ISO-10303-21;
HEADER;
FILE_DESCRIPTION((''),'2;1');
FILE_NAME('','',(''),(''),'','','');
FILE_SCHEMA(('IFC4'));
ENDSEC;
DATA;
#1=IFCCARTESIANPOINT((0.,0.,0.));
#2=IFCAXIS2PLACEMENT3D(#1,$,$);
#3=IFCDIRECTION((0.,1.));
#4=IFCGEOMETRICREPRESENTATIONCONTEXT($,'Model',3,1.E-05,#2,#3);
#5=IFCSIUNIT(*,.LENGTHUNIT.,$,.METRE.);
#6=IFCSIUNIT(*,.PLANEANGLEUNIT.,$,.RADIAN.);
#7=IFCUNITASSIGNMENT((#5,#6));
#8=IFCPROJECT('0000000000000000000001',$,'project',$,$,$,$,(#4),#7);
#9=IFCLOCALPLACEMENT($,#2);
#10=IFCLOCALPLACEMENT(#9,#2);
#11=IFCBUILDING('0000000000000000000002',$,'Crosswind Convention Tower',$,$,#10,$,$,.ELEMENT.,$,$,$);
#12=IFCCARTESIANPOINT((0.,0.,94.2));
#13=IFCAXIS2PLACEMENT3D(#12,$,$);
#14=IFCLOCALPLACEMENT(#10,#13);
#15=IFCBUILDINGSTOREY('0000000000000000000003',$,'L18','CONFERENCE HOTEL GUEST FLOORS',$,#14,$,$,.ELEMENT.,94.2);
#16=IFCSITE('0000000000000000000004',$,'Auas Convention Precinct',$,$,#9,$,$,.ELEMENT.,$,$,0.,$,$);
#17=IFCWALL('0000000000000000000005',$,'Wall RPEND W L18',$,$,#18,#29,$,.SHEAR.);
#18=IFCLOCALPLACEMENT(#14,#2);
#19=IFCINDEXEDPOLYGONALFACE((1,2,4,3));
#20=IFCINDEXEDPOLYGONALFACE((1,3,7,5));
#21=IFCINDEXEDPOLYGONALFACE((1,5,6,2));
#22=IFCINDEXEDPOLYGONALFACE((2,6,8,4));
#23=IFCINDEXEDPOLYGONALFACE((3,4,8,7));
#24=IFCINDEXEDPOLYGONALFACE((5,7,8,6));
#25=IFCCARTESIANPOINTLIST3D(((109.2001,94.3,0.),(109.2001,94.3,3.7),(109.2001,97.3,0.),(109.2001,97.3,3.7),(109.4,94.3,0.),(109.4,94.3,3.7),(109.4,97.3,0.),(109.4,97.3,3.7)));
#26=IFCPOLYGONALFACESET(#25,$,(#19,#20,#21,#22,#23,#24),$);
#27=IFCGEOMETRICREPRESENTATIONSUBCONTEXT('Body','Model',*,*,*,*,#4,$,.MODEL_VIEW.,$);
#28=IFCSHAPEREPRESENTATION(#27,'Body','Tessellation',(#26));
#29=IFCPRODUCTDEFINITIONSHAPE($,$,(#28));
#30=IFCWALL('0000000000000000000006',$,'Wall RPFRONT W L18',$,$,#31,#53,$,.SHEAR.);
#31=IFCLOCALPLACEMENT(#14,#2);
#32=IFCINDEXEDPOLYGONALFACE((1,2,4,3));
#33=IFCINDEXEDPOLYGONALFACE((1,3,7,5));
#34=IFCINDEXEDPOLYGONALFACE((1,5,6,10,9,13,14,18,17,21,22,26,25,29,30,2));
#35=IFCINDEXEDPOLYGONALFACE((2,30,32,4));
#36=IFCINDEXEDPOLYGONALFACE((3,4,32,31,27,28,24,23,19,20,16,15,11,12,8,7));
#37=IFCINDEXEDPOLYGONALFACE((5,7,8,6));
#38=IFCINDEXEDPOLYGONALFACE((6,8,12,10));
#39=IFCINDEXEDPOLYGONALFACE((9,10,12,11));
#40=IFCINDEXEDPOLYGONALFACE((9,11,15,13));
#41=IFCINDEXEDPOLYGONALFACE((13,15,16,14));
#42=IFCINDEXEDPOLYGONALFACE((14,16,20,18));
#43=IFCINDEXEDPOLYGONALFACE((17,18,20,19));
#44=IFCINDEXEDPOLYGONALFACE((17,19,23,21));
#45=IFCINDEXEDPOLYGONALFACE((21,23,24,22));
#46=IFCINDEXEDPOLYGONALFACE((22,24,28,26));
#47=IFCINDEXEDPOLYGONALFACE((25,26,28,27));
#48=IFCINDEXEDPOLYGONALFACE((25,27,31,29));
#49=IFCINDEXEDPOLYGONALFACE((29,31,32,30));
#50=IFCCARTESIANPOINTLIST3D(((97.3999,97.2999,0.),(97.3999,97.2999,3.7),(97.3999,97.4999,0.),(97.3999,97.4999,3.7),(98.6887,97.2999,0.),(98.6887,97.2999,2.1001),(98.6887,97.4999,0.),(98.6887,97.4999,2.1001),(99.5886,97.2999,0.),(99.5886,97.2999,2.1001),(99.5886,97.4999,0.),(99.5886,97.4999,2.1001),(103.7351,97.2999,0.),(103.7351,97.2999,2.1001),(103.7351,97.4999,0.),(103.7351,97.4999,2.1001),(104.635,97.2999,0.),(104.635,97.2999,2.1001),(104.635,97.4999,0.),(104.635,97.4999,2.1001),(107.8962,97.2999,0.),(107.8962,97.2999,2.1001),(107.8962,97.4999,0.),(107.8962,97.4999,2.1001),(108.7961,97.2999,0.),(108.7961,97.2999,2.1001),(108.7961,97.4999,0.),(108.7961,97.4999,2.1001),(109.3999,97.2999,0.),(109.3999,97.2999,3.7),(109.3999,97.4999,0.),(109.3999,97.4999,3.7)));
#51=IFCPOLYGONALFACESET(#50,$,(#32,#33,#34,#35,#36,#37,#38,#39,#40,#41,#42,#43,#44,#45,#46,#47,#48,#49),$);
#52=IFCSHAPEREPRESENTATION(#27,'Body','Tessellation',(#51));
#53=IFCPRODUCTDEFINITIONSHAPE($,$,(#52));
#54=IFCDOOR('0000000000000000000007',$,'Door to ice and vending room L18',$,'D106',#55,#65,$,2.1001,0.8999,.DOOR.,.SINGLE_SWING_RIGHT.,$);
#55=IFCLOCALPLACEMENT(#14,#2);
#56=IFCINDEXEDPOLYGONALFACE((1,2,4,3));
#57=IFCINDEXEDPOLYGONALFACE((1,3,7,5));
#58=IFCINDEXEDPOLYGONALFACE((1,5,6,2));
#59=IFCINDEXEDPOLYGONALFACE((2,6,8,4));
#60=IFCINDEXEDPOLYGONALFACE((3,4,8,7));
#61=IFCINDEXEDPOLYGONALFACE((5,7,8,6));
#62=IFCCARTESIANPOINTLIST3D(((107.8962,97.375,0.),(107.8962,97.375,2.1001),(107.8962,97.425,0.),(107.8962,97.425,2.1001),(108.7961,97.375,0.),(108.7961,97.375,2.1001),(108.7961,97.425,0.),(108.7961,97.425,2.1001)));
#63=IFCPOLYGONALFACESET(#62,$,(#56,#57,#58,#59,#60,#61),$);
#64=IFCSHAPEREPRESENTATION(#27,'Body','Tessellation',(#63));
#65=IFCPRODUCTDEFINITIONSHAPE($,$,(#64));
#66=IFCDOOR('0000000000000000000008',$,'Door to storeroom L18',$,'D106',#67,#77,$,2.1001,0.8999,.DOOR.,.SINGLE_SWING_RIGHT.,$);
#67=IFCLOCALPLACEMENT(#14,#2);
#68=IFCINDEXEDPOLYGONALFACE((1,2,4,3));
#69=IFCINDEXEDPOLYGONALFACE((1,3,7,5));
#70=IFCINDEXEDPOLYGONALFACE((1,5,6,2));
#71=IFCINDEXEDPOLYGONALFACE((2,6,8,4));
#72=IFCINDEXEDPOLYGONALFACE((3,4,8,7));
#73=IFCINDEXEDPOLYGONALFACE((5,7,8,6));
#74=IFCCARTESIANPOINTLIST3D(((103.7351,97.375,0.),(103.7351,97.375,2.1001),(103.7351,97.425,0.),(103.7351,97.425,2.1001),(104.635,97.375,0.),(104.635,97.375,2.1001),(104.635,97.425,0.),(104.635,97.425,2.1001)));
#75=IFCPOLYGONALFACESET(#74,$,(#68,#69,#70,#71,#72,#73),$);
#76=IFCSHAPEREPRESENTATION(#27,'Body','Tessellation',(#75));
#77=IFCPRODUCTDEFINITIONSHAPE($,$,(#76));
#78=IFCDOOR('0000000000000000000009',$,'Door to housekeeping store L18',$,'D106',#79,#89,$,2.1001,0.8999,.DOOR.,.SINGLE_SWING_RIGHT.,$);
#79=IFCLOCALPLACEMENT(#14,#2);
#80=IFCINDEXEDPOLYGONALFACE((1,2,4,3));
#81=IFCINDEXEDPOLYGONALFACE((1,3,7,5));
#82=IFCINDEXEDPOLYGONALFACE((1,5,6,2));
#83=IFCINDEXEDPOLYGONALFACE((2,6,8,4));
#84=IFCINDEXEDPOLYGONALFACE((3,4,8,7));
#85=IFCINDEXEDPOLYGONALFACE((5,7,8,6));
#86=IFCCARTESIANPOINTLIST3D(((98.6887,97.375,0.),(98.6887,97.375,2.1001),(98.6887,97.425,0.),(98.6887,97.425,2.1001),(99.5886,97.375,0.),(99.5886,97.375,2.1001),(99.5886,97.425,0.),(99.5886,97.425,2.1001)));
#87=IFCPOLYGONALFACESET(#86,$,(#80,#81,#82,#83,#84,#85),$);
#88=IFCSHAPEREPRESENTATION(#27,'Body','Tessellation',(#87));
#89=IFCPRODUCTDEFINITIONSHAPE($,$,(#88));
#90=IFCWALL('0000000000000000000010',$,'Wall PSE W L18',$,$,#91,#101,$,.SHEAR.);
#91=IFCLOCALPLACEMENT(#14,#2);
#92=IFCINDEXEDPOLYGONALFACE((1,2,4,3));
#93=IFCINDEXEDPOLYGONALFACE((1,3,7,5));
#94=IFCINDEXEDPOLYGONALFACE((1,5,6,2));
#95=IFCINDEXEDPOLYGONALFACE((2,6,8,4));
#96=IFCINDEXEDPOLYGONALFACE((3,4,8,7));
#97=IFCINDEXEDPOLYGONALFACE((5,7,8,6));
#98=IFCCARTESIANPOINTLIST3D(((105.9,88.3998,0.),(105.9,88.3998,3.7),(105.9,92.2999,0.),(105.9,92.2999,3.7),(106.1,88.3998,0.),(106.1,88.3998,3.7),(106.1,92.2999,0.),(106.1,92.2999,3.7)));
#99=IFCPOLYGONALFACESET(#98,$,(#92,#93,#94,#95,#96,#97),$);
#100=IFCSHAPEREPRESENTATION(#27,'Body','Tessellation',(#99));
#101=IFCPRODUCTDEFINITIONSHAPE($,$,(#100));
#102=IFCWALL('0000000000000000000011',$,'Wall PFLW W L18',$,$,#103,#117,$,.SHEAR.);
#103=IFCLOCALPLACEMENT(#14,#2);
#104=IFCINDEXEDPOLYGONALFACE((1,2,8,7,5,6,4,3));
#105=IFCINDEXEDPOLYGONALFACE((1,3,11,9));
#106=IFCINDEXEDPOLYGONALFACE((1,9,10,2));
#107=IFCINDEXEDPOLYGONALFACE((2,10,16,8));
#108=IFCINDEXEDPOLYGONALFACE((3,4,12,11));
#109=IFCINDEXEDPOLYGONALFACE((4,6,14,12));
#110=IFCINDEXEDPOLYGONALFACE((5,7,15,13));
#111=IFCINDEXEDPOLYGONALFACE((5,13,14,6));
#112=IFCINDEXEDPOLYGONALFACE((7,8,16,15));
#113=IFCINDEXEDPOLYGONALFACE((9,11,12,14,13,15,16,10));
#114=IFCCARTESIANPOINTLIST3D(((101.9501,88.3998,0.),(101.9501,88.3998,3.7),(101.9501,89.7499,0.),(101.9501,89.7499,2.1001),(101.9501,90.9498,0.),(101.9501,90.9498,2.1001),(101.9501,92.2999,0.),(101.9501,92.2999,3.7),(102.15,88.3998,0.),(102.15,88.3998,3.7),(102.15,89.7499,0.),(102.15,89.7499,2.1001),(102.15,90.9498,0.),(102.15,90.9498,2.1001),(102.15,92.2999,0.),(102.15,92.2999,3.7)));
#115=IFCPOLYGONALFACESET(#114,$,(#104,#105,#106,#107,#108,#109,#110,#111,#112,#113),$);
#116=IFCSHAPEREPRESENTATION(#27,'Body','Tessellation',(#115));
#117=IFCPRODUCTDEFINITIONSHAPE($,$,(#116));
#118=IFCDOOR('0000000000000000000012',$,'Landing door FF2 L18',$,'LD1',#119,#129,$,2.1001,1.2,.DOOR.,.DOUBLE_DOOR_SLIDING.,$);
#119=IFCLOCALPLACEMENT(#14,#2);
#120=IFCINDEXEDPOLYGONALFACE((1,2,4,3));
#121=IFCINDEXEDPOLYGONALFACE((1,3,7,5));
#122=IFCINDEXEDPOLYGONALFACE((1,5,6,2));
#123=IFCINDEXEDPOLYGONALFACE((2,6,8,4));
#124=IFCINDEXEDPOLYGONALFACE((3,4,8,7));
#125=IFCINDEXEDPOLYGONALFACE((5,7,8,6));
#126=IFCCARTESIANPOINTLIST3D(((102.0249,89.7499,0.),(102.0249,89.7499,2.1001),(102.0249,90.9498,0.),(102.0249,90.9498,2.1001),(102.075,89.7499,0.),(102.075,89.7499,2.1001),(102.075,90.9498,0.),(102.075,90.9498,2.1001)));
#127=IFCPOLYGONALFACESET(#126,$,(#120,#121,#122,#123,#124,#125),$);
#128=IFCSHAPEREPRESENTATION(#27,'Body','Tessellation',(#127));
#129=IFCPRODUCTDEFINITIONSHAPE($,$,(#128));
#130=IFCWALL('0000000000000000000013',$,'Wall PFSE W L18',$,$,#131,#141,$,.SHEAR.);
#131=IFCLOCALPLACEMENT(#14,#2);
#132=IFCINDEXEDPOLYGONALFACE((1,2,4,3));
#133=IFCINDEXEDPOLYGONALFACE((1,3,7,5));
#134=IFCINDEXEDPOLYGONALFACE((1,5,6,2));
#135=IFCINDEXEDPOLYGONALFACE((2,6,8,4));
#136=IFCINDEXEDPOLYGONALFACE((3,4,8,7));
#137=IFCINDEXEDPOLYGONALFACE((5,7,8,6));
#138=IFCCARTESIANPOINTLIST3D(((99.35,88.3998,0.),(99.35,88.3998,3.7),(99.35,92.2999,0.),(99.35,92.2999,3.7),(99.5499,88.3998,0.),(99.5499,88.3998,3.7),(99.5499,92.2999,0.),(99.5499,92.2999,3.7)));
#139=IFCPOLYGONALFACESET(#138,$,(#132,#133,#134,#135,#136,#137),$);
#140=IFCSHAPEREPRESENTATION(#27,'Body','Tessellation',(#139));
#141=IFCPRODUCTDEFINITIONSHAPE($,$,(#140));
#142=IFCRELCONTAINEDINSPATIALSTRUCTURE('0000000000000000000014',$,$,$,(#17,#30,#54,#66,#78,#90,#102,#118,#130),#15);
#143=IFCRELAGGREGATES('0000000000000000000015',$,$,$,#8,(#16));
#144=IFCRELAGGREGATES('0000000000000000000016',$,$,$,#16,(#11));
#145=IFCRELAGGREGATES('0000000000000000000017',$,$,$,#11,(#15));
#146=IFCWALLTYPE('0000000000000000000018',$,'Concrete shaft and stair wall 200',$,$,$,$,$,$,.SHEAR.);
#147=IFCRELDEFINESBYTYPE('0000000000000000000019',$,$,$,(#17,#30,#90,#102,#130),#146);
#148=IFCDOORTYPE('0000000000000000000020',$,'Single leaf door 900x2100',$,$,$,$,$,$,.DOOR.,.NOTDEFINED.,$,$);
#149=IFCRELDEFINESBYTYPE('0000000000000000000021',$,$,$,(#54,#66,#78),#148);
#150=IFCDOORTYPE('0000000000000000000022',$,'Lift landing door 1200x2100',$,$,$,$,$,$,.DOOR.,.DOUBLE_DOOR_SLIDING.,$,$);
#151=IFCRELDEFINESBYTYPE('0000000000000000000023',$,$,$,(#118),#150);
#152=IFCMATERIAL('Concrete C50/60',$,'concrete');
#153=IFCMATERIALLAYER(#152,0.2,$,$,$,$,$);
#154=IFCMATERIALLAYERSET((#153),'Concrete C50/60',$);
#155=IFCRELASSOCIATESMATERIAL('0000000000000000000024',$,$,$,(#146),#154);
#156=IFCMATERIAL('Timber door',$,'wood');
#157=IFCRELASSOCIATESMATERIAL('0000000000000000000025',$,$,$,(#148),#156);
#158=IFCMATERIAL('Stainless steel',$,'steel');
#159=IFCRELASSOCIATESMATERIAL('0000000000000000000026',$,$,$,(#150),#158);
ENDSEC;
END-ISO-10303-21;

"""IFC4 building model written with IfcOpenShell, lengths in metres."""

from ifc_helpers import new_model, si_unit, direction, frame, frame_2d, origin, place, context, subcontext, project, spatial, rectangle, extrude, material, layer, layer_set, type_object, element, fill, save


model = new_model("IFC4")

# Units and contexts
model_context = context("Model", 3, precision=1e-05, world=origin(), true_north=direction((0.0, 1.0)))
body_context = subcontext(model_context, "Body", "Model", "MODEL_VIEW")
ifc_project = project(units=[si_unit("LENGTHUNIT", "METRE"), si_unit("PLANEANGLEUNIT", "RADIAN")], contexts=[model_context])

# Site, building, storey
site_placement = place(None, origin())
site = spatial("IfcSite", under=ifc_project, at=site_placement, Name="Auas Convention Precinct", CompositionType="ELEMENT", RefElevation=0.0)
building_placement = place(site_placement, origin())
building = spatial("IfcBuilding", under=site, at=building_placement, Name="Crosswind Convention Tower", CompositionType="ELEMENT")
storey_placement = place(building_placement, frame((0.0, 0.0, 94.2)))
storey = spatial("IfcBuildingStorey", under=building, at=storey_placement, Name="L18", Description="CONFERENCE HOTEL GUEST FLOORS", CompositionType="ELEMENT", Elevation=94.2)

# Wall
ifc_material_1 = material(Name="Concrete C50/60", Category="concrete")
ifc_layer_1 = layer(ifc_material_1, 0.2)
ifc_layer_set_1 = layer_set([ifc_layer_1], Name="Concrete C50/60")
wall_type_1 = type_object("IfcWallType", Name="Concrete shaft and stair wall 200", PredefinedType="SHEAR", material=ifc_layer_set_1)
wall_1_placement = place(storey_placement, frame((109.3, 97.3, 0.0), z_axis=(0.0, 0.0, 1.0), x_axis=(0.0, -1.0, 0.0)))
element("IfcWall", 1, at=wall_1_placement, inside=storey, type_object=wall_type_1, Name="Wall RPEND W L18", PredefinedType="SHEAR", context=body_context, shape_type="SweptSolid", body=[
    extrude(rectangle(XDim=3.0, YDim=0.2, at=frame_2d((1.5, 0.0))), origin(), (0.0, 0.0, 1.0), 3.7),
])

# Wall, openings, doors
wall_2_placement = place(storey_placement, frame((109.3999, 97.3999, 0.0), z_axis=(0.0, 0.0, 1.0), x_axis=(-1.0, 0.0, 0.0)))
wall_2 = element("IfcWall", 2, at=wall_2_placement, inside=storey, type_object=wall_type_1, Name="Wall RPFRONT W L18", PredefinedType="SHEAR", context=body_context, shape_type="SweptSolid", body=[
    extrude(rectangle(XDim=12.0, YDim=0.2, at=frame_2d((6.0, 0.0))), origin(), (0.0, 0.0, 1.0), 3.7),
])
opening_1_placement = place(wall_2_placement, frame((0.6038, 0.0, 0.0)))
opening_1 = element("IfcOpeningElement", 3, at=opening_1_placement, cuts=wall_2, PredefinedType="OPENING", context=body_context, shape_type="SweptSolid", body=[
    extrude(rectangle(XDim=0.8999, YDim=2.1001, at=frame_2d((0.45, 1.05))), frame((0.0, 0.1099, 0.0), z_axis=(0.0, -1.0, 0.0), x_axis=(1.0, 0.0, 0.0)), (0.0, 0.0, 1.0), 0.22),
])
opening_2_placement = place(wall_2_placement, frame((4.7649, 0.0, 0.0)))
opening_2 = element("IfcOpeningElement", 4, at=opening_2_placement, cuts=wall_2, PredefinedType="OPENING", context=body_context, shape_type="SweptSolid", body=[
    extrude(rectangle(XDim=0.8999, YDim=2.1001, at=frame_2d((0.45, 1.05))), frame((0.0, 0.1099, 0.0), z_axis=(0.0, -1.0, 0.0), x_axis=(1.0, 0.0, 0.0)), (0.0, 0.0, 1.0), 0.22),
])
opening_3_placement = place(wall_2_placement, frame((9.8113, 0.0, 0.0)))
opening_3 = element("IfcOpeningElement", 5, at=opening_3_placement, cuts=wall_2, PredefinedType="OPENING", context=body_context, shape_type="SweptSolid", body=[
    extrude(rectangle(XDim=0.8999, YDim=2.1001, at=frame_2d((0.45, 1.05))), frame((0.0, 0.1099, 0.0), z_axis=(0.0, -1.0, 0.0), x_axis=(1.0, 0.0, 0.0)), (0.0, 0.0, 1.0), 0.22),
])
ifc_material_2 = material(Name="Timber door", Category="wood")
door_type_1 = type_object("IfcDoorType", Name="Single leaf door 900x2100", OperationType="NOTDEFINED", PredefinedType="DOOR", material=ifc_material_2)
door_1_placement = place(opening_1_placement, origin())
door_1 = element("IfcDoor", 6, at=door_1_placement, inside=storey, type_object=door_type_1, Name="Door to ice and vending room L18", ObjectType="D106", OperationType="SINGLE_SWING_RIGHT", OverallHeight=2.1001, OverallWidth=0.8999, PredefinedType="DOOR", context=body_context, shape_type="SweptSolid", body=[
    extrude(rectangle(XDim=0.8999, YDim=2.1001, at=frame_2d((0.45, 1.05))), frame((0.0, 0.0249, 0.0), z_axis=(0.0, -1.0, 0.0), x_axis=(1.0, 0.0, 0.0)), (0.0, 0.0, 1.0), 0.05),
])
fill(opening_1, door_1)
door_2_placement = place(opening_2_placement, origin())
door_2 = element("IfcDoor", 7, at=door_2_placement, inside=storey, type_object=door_type_1, Name="Door to storeroom L18", ObjectType="D106", OperationType="SINGLE_SWING_RIGHT", OverallHeight=2.1001, OverallWidth=0.8999, PredefinedType="DOOR", context=body_context, shape_type="SweptSolid", body=[
    extrude(rectangle(XDim=0.8999, YDim=2.1001, at=frame_2d((0.45, 1.05))), frame((0.0, 0.0249, 0.0), z_axis=(0.0, -1.0, 0.0), x_axis=(1.0, 0.0, 0.0)), (0.0, 0.0, 1.0), 0.05),
])
fill(opening_2, door_2)
door_3_placement = place(opening_3_placement, origin())
door_3 = element("IfcDoor", 8, at=door_3_placement, inside=storey, type_object=door_type_1, Name="Door to housekeeping store L18", ObjectType="D106", OperationType="SINGLE_SWING_RIGHT", OverallHeight=2.1001, OverallWidth=0.8999, PredefinedType="DOOR", context=body_context, shape_type="SweptSolid", body=[
    extrude(rectangle(XDim=0.8999, YDim=2.1001, at=frame_2d((0.45, 1.05))), frame((0.0, 0.0249, 0.0), z_axis=(0.0, -1.0, 0.0), x_axis=(1.0, 0.0, 0.0)), (0.0, 0.0, 1.0), 0.05),
])
fill(opening_3, door_3)

# Wall
wall_3_placement = place(storey_placement, frame((106.0, 92.3, 0.0), z_axis=(0.0, 0.0, 1.0), x_axis=(0.0, -1.0, 0.0)))
element("IfcWall", 9, at=wall_3_placement, inside=storey, type_object=wall_type_1, Name="Wall PSE W L18", PredefinedType="SHEAR", context=body_context, shape_type="SweptSolid", body=[
    extrude(rectangle(XDim=3.9001, YDim=0.2, at=frame_2d((1.9502, 0.0))), origin(), (0.0, 0.0, 1.0), 3.7),
])

# Wall, opening, door
wall_4_placement = place(storey_placement, frame((102.05, 92.3, 0.0), z_axis=(0.0, 0.0, 1.0), x_axis=(0.0, -1.0, 0.0)))
wall_4 = element("IfcWall", 10, at=wall_4_placement, inside=storey, type_object=wall_type_1, Name="Wall PFLW W L18", PredefinedType="SHEAR", context=body_context, shape_type="SweptSolid", body=[
    extrude(rectangle(XDim=3.9001, YDim=0.2, at=frame_2d((1.9502, 0.0))), origin(), (0.0, 0.0, 1.0), 3.7),
])
opening_4_placement = place(wall_4_placement, frame((1.3501, 0.0, 0.0)))
opening_4 = element("IfcOpeningElement", 11, at=opening_4_placement, cuts=wall_4, PredefinedType="OPENING", context=body_context, shape_type="SweptSolid", body=[
    extrude(rectangle(XDim=1.2, YDim=2.1001, at=frame_2d((0.6001, 1.05))), frame((0.0, 0.1099, 0.0), z_axis=(0.0, -1.0, 0.0), x_axis=(1.0, 0.0, 0.0)), (0.0, 0.0, 1.0), 0.22),
])
ifc_material_3 = material(Name="Stainless steel", Category="steel")
door_type_2 = type_object("IfcDoorType", Name="Lift landing door 1200x2100", OperationType="DOUBLE_DOOR_SLIDING", PredefinedType="DOOR", material=ifc_material_3)
door_4_placement = place(opening_4_placement, origin())
door_4 = element("IfcDoor", 12, at=door_4_placement, inside=storey, type_object=door_type_2, Name="Landing door FF2 L18", ObjectType="LD1", OperationType="DOUBLE_DOOR_SLIDING", OverallHeight=2.1001, OverallWidth=1.2, PredefinedType="DOOR", context=body_context, shape_type="SweptSolid", body=[
    extrude(rectangle(XDim=1.2, YDim=2.1001, at=frame_2d((0.6001, 1.05))), frame((0.0, 0.0249, 0.0), z_axis=(0.0, -1.0, 0.0), x_axis=(1.0, 0.0, 0.0)), (0.0, 0.0, 1.0), 0.05),
])
fill(opening_4, door_4)

# Wall
wall_5_placement = place(storey_placement, frame((99.45, 92.3, 0.0), z_axis=(0.0, 0.0, 1.0), x_axis=(0.0, -1.0, 0.0)))
element("IfcWall", 13, at=wall_5_placement, inside=storey, type_object=wall_type_1, Name="Wall PFSE W L18", PredefinedType="SHEAR", context=body_context, shape_type="SweptSolid", body=[
    extrude(rectangle(XDim=3.9001, YDim=0.2, at=frame_2d((1.9502, 0.0))), origin(), (0.0, 0.0, 1.0), 3.7),
])

save(model, "model.ifc")
